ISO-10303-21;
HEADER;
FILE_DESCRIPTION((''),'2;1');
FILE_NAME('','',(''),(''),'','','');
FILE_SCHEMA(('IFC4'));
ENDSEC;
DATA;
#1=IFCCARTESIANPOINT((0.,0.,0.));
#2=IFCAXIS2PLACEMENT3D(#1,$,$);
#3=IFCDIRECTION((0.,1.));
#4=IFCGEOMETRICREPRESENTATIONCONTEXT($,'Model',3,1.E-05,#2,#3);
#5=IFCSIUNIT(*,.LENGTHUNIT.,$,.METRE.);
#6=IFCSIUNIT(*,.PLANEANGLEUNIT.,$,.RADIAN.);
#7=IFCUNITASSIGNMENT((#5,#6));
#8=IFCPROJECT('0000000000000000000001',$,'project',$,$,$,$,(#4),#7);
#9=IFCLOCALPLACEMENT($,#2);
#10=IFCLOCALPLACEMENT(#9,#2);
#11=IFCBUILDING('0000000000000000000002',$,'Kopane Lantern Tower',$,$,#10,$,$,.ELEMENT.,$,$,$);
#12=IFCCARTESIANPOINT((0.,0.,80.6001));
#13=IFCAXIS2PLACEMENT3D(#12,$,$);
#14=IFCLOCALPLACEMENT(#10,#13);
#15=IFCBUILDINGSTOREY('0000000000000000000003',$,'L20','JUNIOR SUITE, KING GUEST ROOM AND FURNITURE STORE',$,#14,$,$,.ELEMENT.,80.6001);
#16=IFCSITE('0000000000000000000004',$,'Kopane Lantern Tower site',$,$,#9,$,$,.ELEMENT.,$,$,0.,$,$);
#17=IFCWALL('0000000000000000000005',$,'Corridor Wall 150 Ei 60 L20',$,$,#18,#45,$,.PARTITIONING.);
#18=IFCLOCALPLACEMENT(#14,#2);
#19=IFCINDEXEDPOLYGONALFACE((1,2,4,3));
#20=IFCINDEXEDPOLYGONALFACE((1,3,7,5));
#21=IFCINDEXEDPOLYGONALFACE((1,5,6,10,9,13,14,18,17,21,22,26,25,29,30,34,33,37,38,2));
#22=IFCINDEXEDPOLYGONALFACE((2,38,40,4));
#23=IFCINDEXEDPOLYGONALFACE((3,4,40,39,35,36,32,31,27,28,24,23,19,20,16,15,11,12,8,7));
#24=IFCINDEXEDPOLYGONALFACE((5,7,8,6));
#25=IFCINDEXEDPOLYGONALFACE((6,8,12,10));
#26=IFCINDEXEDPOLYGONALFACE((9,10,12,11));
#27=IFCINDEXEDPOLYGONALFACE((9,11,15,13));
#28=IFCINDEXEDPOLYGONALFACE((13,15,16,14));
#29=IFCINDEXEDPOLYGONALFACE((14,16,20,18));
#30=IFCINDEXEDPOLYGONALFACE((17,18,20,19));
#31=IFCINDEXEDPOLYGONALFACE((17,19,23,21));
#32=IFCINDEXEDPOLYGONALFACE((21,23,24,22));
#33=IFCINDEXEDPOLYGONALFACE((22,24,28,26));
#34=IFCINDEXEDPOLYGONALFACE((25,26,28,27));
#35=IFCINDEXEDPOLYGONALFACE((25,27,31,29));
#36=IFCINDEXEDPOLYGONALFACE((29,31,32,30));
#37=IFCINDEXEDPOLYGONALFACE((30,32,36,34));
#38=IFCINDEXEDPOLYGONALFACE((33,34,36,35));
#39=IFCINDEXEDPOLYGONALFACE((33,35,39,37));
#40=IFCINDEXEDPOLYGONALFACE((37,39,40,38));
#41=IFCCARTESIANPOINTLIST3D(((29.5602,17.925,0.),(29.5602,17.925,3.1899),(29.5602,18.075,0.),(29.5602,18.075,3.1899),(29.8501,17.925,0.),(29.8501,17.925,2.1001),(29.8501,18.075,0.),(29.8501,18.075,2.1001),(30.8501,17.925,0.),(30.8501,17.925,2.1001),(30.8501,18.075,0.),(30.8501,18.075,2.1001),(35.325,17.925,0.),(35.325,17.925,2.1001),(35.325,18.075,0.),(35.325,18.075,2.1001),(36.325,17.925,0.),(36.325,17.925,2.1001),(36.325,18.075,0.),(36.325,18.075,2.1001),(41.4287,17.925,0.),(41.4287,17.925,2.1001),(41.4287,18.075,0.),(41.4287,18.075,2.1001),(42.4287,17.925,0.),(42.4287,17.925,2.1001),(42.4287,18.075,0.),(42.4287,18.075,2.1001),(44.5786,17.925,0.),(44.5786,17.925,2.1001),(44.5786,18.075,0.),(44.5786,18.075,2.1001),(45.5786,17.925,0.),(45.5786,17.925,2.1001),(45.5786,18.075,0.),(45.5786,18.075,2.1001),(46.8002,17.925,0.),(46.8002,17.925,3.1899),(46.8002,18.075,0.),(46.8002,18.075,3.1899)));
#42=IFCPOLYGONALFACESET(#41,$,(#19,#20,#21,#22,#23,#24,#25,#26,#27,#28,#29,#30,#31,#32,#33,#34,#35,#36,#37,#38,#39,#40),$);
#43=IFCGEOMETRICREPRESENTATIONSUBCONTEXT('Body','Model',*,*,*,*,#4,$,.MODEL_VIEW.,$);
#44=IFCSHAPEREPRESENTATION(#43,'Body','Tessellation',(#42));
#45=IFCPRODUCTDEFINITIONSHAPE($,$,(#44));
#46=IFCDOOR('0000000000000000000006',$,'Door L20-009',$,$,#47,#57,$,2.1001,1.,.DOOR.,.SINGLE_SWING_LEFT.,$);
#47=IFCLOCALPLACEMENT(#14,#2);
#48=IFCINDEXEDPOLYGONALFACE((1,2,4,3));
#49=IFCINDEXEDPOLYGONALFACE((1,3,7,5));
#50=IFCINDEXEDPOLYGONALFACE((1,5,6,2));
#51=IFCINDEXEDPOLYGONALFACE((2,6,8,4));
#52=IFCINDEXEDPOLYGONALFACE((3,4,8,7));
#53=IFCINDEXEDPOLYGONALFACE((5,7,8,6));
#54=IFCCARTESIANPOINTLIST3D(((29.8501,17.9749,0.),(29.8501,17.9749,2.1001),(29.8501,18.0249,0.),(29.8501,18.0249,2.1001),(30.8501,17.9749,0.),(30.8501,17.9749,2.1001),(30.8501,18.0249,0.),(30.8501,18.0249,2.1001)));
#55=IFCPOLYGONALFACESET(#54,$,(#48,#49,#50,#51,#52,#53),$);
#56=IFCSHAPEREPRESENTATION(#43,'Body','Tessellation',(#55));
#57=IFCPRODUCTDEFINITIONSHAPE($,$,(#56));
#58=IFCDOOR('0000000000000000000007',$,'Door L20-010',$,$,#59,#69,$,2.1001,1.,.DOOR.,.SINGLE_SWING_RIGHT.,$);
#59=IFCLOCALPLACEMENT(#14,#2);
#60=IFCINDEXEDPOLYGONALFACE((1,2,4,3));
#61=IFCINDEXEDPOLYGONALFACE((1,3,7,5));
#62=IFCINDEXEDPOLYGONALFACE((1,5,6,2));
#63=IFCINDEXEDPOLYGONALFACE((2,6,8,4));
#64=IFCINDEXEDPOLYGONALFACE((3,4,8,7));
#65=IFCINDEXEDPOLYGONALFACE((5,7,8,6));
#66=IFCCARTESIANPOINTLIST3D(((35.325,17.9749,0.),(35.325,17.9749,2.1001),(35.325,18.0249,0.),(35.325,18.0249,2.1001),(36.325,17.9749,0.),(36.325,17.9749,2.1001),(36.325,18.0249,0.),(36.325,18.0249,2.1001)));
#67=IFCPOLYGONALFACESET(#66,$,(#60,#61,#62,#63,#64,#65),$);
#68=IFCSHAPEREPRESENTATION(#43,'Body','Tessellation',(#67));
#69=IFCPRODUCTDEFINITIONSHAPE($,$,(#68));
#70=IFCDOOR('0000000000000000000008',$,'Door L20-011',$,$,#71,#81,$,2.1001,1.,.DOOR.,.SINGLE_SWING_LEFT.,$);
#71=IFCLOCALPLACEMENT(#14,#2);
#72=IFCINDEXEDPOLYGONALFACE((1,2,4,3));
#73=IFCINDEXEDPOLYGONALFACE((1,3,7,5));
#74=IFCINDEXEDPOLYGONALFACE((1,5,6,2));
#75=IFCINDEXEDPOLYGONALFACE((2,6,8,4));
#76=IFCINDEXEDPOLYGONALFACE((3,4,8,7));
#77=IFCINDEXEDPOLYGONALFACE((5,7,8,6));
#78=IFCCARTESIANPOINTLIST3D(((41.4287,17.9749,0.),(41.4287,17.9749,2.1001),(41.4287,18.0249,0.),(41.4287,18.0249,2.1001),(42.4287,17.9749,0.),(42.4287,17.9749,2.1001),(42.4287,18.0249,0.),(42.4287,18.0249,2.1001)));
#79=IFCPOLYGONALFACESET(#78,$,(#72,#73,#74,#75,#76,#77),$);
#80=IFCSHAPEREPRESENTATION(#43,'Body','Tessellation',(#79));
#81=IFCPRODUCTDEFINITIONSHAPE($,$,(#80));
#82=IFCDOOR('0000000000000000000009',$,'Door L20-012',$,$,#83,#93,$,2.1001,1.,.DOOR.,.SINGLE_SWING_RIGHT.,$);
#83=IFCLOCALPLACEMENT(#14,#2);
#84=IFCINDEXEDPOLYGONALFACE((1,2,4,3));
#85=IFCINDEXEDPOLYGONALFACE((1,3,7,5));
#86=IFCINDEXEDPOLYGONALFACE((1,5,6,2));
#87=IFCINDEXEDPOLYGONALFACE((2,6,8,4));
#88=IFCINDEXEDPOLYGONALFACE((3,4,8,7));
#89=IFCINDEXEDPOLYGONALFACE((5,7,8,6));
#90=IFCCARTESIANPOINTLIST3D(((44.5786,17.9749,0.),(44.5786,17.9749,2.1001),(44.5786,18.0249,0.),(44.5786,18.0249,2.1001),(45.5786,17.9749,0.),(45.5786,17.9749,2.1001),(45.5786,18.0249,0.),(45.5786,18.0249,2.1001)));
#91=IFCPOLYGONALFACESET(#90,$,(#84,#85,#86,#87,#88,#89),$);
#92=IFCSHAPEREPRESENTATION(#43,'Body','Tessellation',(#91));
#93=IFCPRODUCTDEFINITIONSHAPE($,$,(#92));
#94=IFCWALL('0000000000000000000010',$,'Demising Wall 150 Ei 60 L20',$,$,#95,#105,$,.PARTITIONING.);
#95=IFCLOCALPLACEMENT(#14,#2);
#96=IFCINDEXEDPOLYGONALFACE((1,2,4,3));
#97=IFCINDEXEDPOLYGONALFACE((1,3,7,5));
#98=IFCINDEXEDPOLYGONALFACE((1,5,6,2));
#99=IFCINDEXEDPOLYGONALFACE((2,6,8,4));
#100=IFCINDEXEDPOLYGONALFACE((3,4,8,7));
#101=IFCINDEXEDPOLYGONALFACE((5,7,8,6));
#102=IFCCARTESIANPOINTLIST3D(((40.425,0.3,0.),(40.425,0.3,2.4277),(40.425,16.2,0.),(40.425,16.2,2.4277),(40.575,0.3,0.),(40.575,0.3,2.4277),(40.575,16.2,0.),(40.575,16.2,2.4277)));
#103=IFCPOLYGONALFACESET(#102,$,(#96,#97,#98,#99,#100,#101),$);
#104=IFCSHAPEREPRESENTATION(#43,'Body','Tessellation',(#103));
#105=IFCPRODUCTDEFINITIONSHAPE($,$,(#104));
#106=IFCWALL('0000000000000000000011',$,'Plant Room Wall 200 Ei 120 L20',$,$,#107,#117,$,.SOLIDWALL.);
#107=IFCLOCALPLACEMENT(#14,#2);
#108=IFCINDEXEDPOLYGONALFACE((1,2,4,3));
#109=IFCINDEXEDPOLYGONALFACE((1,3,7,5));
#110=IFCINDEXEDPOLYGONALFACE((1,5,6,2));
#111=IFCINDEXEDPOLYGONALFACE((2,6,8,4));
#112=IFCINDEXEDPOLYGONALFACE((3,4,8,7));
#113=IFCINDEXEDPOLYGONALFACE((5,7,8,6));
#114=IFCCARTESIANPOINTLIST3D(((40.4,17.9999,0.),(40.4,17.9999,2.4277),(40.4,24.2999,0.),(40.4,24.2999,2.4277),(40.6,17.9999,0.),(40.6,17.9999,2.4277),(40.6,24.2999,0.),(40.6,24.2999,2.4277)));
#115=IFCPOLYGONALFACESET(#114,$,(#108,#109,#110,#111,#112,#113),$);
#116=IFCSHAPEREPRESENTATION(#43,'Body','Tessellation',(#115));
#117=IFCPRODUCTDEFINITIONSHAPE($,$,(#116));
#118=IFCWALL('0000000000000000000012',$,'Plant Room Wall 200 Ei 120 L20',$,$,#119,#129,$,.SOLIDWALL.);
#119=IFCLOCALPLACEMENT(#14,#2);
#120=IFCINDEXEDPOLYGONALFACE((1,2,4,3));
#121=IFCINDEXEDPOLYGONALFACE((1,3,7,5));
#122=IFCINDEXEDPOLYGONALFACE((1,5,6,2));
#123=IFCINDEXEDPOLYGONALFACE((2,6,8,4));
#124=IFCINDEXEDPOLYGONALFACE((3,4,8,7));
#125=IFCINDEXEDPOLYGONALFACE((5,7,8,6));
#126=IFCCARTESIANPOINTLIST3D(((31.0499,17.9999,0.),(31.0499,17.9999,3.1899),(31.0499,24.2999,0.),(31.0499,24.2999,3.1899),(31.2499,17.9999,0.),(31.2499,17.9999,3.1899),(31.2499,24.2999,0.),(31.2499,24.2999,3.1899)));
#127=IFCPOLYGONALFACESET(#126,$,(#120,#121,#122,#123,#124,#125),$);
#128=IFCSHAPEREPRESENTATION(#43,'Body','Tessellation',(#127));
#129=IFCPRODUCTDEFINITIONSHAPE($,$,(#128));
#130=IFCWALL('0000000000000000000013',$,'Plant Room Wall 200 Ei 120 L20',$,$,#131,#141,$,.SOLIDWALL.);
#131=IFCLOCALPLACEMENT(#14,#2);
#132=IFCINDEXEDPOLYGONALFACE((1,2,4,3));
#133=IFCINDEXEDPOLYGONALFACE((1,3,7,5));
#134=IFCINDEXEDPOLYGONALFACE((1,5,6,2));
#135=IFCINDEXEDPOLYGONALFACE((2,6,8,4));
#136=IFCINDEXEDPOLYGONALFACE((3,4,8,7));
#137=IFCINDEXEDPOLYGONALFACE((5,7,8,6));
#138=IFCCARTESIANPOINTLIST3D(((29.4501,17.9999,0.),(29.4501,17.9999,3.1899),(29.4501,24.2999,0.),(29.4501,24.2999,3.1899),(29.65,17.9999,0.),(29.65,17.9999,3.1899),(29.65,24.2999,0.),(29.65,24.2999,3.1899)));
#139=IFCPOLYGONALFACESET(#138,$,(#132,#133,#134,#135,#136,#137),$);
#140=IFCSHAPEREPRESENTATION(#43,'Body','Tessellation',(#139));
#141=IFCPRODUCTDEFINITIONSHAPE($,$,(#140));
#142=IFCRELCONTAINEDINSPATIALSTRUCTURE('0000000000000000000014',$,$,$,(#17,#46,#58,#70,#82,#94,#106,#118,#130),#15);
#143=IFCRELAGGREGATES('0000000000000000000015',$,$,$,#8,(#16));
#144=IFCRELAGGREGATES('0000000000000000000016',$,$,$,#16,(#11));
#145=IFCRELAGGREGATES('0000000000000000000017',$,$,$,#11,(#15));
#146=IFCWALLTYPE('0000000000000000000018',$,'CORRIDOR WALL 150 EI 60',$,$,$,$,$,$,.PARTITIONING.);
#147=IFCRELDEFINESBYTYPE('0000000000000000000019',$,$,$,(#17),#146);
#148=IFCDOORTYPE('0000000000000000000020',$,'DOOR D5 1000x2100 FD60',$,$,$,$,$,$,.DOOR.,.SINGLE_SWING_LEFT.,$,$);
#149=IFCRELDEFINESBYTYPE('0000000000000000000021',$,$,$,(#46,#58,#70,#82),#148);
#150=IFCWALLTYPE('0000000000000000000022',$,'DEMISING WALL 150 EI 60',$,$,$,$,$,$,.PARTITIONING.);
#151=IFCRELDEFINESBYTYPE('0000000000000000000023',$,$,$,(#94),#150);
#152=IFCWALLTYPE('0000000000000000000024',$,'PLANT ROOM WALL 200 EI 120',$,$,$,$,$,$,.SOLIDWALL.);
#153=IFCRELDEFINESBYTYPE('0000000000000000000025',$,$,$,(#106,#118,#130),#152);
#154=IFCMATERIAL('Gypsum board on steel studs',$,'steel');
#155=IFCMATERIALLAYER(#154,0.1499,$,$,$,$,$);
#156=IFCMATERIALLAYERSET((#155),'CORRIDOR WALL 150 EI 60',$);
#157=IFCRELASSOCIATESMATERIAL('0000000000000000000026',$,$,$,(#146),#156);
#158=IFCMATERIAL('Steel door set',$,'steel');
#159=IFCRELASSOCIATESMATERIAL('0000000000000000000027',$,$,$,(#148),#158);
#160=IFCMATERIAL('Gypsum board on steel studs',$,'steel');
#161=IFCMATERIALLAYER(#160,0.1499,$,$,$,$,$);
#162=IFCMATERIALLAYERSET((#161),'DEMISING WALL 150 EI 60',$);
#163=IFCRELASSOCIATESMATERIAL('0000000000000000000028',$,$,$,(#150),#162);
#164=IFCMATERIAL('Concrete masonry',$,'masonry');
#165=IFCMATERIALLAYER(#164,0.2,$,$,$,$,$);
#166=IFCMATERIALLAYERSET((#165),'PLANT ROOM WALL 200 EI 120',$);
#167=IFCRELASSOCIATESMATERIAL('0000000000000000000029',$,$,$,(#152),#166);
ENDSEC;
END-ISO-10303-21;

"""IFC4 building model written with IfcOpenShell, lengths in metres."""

from ifc_helpers import new_model, si_unit, direction, frame, frame_2d, origin, place, context, subcontext, project, spatial, rectangle, extrude, material, layer, layer_set, type_object, element, fill, save


model = new_model("IFC4")

# Units and contexts
model_context = context("Model", 3, precision=1e-05, world=origin(), true_north=direction((0.0, 1.0)))
body_context = subcontext(model_context, "Body", "Model", "MODEL_VIEW")
ifc_project = project(units=[si_unit("LENGTHUNIT", "METRE"), si_unit("PLANEANGLEUNIT", "RADIAN")], contexts=[model_context])

# Site, building, storey
site_placement = place(None, origin())
site = spatial("IfcSite", under=ifc_project, at=site_placement, Name="Kopane Lantern Tower site", CompositionType="ELEMENT", RefElevation=0.0)
building_placement = place(site_placement, origin())
building = spatial("IfcBuilding", under=site, at=building_placement, Name="Kopane Lantern Tower", CompositionType="ELEMENT")
storey_placement = place(building_placement, frame((0.0, 0.0, 80.6001)))
storey = spatial("IfcBuildingStorey", under=building, at=storey_placement, Name="L20", Description="JUNIOR SUITE, KING GUEST ROOM AND FURNITURE STORE", CompositionType="ELEMENT", Elevation=80.6001)

# Wall, openings, doors
ifc_material_1 = material(Name="Gypsum board on steel studs", Category="steel")
ifc_layer_1 = layer(ifc_material_1, 0.1499)
ifc_layer_set_1 = layer_set([ifc_layer_1], Name="CORRIDOR WALL 150 EI 60")
wall_type_1 = type_object("IfcWallType", Name="CORRIDOR WALL 150 EI 60", PredefinedType="PARTITIONING", material=ifc_layer_set_1)
wall_1_placement = place(storey_placement, frame((29.5601, 18.0, 0.0), z_axis=(0.0, 0.0, 1.0), x_axis=(1.0, 0.0, 0.0)))
wall_1 = element("IfcWall", 1, at=wall_1_placement, inside=storey, type_object=wall_type_1, Name="Corridor Wall 150 Ei 60 L20", PredefinedType="PARTITIONING", context=body_context, shape_type="SweptSolid", body=[
    extrude(rectangle(XDim=17.24, YDim=0.1499, at=frame_2d((8.6201, 0.0))), origin(), (0.0, 0.0, 1.0), 3.1899),
])
opening_1_placement = place(wall_1_placement, frame((0.29, 0.0, 0.0)))
opening_1 = element("IfcOpeningElement", 2, at=opening_1_placement, cuts=wall_1, PredefinedType="OPENING", context=body_context, shape_type="SweptSolid", body=[
    extrude(rectangle(XDim=1.0, YDim=2.1001, at=frame_2d((0.5, 1.05))), frame((0.0, 0.085, 0.0), z_axis=(0.0, -1.0, 0.0), x_axis=(1.0, 0.0, 0.0)), (0.0, 0.0, 1.0), 0.1699),
])
opening_2_placement = place(wall_1_placement, frame((5.7649, 0.0, 0.0)))
opening_2 = element("IfcOpeningElement", 3, at=opening_2_placement, cuts=wall_1, PredefinedType="OPENING", context=body_context, shape_type="SweptSolid", body=[
    extrude(rectangle(XDim=1.0, YDim=2.1001, at=frame_2d((0.5, 1.05))), frame((0.0, 0.085, 0.0), z_axis=(0.0, -1.0, 0.0), x_axis=(1.0, 0.0, 0.0)), (0.0, 0.0, 1.0), 0.1699),
])
opening_3_placement = place(wall_1_placement, frame((11.8687, 0.0, 0.0)))
opening_3 = element("IfcOpeningElement", 4, at=opening_3_placement, cuts=wall_1, PredefinedType="OPENING", context=body_context, shape_type="SweptSolid", body=[
    extrude(rectangle(XDim=1.0, YDim=2.1001, at=frame_2d((0.5, 1.05))), frame((0.0, 0.085, 0.0), z_axis=(0.0, -1.0, 0.0), x_axis=(1.0, 0.0, 0.0)), (0.0, 0.0, 1.0), 0.1699),
])
opening_4_placement = place(wall_1_placement, frame((15.0186, 0.0, 0.0)))
opening_4 = element("IfcOpeningElement", 5, at=opening_4_placement, cuts=wall_1, PredefinedType="OPENING", context=body_context, shape_type="SweptSolid", body=[
    extrude(rectangle(XDim=1.0, YDim=2.1001, at=frame_2d((0.5, 1.05))), frame((0.0, 0.085, 0.0), z_axis=(0.0, -1.0, 0.0), x_axis=(1.0, 0.0, 0.0)), (0.0, 0.0, 1.0), 0.1699),
])
ifc_material_2 = material(Name="Steel door set", Category="steel")
door_type_1 = type_object("IfcDoorType", Name="DOOR D5 1000x2100 FD60", OperationType="SINGLE_SWING_LEFT", PredefinedType="DOOR", material=ifc_material_2)
door_1_placement = place(opening_1_placement, origin())
door_1 = element("IfcDoor", 6, at=door_1_placement, inside=storey, type_object=door_type_1, Name="Door L20-009", OperationType="SINGLE_SWING_LEFT", OverallHeight=2.1001, OverallWidth=1.0, PredefinedType="DOOR", context=body_context, shape_type="SweptSolid", body=[
    extrude(rectangle(XDim=1.0, YDim=2.1001, at=frame_2d((0.5, 1.05))), frame((0.0, 0.0249, 0.0), z_axis=(0.0, -1.0, 0.0), x_axis=(1.0, 0.0, 0.0)), (0.0, 0.0, 1.0), 0.05),
])
fill(opening_1, door_1)
door_2_placement = place(opening_2_placement, origin())
door_2 = element("IfcDoor", 7, at=door_2_placement, inside=storey, type_object=door_type_1, Name="Door L20-010", OperationType="SINGLE_SWING_RIGHT", OverallHeight=2.1001, OverallWidth=1.0, PredefinedType="DOOR", context=body_context, shape_type="SweptSolid", body=[
    extrude(rectangle(XDim=1.0, YDim=2.1001, at=frame_2d((0.5, 1.05))), frame((0.0, 0.0249, 0.0), z_axis=(0.0, -1.0, 0.0), x_axis=(1.0, 0.0, 0.0)), (0.0, 0.0, 1.0), 0.05),
])
fill(opening_2, door_2)
door_3_placement = place(opening_3_placement, origin())
door_3 = element("IfcDoor", 8, at=door_3_placement, inside=storey, type_object=door_type_1, Name="Door L20-011", OperationType="SINGLE_SWING_LEFT", OverallHeight=2.1001, OverallWidth=1.0, PredefinedType="DOOR", context=body_context, shape_type="SweptSolid", body=[
    extrude(rectangle(XDim=1.0, YDim=2.1001, at=frame_2d((0.5, 1.05))), frame((0.0, 0.0249, 0.0), z_axis=(0.0, -1.0, 0.0), x_axis=(1.0, 0.0, 0.0)), (0.0, 0.0, 1.0), 0.05),
])
fill(opening_3, door_3)
door_4_placement = place(opening_4_placement, origin())
door_4 = element("IfcDoor", 9, at=door_4_placement, inside=storey, type_object=door_type_1, Name="Door L20-012", OperationType="SINGLE_SWING_RIGHT", OverallHeight=2.1001, OverallWidth=1.0, PredefinedType="DOOR", context=body_context, shape_type="SweptSolid", body=[
    extrude(rectangle(XDim=1.0, YDim=2.1001, at=frame_2d((0.5, 1.05))), frame((0.0, 0.0249, 0.0), z_axis=(0.0, -1.0, 0.0), x_axis=(1.0, 0.0, 0.0)), (0.0, 0.0, 1.0), 0.05),
])
fill(opening_4, door_4)

# Walls
ifc_material_3 = material(Name="Gypsum board on steel studs", Category="steel")
ifc_layer_2 = layer(ifc_material_3, 0.1499)
ifc_layer_set_2 = layer_set([ifc_layer_2], Name="DEMISING WALL 150 EI 60")
wall_type_2 = type_object("IfcWallType", Name="DEMISING WALL 150 EI 60", PredefinedType="PARTITIONING", material=ifc_layer_set_2)
wall_2_placement = place(storey_placement, frame((40.5, 16.2, 0.0), z_axis=(0.0, 0.0, 1.0), x_axis=(0.0, -1.0, 0.0)))
element("IfcWall", 10, at=wall_2_placement, inside=storey, type_object=wall_type_2, Name="Demising Wall 150 Ei 60 L20", PredefinedType="PARTITIONING", context=body_context, shape_type="SweptSolid", body=[
    extrude(rectangle(XDim=15.8999, YDim=0.1499, at=frame_2d((7.95, 0.0))), origin(), (0.0, 0.0, 1.0), 2.4277),
])
ifc_material_4 = material(Name="Concrete masonry", Category="masonry")
ifc_layer_3 = layer(ifc_material_4, 0.2)
ifc_layer_set_3 = layer_set([ifc_layer_3], Name="PLANT ROOM WALL 200 EI 120")
wall_type_3 = type_object("IfcWallType", Name="PLANT ROOM WALL 200 EI 120", PredefinedType="SOLIDWALL", material=ifc_layer_set_3)
wall_3_placement = place(storey_placement, frame((40.5, 18.0, 0.0), z_axis=(0.0, 0.0, 1.0), x_axis=(0.0, 1.0, 0.0)))
element("IfcWall", 11, at=wall_3_placement, inside=storey, type_object=wall_type_3, Name="Plant Room Wall 200 Ei 120 L20", PredefinedType="SOLIDWALL", context=body_context, shape_type="SweptSolid", body=[
    extrude(rectangle(XDim=6.3, YDim=0.2, at=frame_2d((3.1499, 0.0))), origin(), (0.0, 0.0, 1.0), 2.4277),
])
for number, where, z_axis, x_axis, name in (
    (12, (31.1499, 18.0, 0.0), (0.0, 0.0, 1.0), (0.0, 1.0, 0.0), "Plant Room Wall 200 Ei 120 L20"),
    (13, (29.55, 18.0, 0.0), (0.0, 0.0, 1.0), (0.0, 1.0, 0.0), "Plant Room Wall 200 Ei 120 L20"),
):
    element("IfcWall", number, at=place(storey_placement, frame(where, z_axis=z_axis, x_axis=x_axis)), inside=storey, type_object=wall_type_3, Name=name, PredefinedType="SOLIDWALL", context=body_context, shape_type="SweptSolid", body=[
        extrude(rectangle(XDim=6.3, YDim=0.2, at=frame_2d((3.1499, 0.0))), origin(), (0.0, 0.0, 1.0), 3.1899),
    ])

save(model, "model.ifc")
